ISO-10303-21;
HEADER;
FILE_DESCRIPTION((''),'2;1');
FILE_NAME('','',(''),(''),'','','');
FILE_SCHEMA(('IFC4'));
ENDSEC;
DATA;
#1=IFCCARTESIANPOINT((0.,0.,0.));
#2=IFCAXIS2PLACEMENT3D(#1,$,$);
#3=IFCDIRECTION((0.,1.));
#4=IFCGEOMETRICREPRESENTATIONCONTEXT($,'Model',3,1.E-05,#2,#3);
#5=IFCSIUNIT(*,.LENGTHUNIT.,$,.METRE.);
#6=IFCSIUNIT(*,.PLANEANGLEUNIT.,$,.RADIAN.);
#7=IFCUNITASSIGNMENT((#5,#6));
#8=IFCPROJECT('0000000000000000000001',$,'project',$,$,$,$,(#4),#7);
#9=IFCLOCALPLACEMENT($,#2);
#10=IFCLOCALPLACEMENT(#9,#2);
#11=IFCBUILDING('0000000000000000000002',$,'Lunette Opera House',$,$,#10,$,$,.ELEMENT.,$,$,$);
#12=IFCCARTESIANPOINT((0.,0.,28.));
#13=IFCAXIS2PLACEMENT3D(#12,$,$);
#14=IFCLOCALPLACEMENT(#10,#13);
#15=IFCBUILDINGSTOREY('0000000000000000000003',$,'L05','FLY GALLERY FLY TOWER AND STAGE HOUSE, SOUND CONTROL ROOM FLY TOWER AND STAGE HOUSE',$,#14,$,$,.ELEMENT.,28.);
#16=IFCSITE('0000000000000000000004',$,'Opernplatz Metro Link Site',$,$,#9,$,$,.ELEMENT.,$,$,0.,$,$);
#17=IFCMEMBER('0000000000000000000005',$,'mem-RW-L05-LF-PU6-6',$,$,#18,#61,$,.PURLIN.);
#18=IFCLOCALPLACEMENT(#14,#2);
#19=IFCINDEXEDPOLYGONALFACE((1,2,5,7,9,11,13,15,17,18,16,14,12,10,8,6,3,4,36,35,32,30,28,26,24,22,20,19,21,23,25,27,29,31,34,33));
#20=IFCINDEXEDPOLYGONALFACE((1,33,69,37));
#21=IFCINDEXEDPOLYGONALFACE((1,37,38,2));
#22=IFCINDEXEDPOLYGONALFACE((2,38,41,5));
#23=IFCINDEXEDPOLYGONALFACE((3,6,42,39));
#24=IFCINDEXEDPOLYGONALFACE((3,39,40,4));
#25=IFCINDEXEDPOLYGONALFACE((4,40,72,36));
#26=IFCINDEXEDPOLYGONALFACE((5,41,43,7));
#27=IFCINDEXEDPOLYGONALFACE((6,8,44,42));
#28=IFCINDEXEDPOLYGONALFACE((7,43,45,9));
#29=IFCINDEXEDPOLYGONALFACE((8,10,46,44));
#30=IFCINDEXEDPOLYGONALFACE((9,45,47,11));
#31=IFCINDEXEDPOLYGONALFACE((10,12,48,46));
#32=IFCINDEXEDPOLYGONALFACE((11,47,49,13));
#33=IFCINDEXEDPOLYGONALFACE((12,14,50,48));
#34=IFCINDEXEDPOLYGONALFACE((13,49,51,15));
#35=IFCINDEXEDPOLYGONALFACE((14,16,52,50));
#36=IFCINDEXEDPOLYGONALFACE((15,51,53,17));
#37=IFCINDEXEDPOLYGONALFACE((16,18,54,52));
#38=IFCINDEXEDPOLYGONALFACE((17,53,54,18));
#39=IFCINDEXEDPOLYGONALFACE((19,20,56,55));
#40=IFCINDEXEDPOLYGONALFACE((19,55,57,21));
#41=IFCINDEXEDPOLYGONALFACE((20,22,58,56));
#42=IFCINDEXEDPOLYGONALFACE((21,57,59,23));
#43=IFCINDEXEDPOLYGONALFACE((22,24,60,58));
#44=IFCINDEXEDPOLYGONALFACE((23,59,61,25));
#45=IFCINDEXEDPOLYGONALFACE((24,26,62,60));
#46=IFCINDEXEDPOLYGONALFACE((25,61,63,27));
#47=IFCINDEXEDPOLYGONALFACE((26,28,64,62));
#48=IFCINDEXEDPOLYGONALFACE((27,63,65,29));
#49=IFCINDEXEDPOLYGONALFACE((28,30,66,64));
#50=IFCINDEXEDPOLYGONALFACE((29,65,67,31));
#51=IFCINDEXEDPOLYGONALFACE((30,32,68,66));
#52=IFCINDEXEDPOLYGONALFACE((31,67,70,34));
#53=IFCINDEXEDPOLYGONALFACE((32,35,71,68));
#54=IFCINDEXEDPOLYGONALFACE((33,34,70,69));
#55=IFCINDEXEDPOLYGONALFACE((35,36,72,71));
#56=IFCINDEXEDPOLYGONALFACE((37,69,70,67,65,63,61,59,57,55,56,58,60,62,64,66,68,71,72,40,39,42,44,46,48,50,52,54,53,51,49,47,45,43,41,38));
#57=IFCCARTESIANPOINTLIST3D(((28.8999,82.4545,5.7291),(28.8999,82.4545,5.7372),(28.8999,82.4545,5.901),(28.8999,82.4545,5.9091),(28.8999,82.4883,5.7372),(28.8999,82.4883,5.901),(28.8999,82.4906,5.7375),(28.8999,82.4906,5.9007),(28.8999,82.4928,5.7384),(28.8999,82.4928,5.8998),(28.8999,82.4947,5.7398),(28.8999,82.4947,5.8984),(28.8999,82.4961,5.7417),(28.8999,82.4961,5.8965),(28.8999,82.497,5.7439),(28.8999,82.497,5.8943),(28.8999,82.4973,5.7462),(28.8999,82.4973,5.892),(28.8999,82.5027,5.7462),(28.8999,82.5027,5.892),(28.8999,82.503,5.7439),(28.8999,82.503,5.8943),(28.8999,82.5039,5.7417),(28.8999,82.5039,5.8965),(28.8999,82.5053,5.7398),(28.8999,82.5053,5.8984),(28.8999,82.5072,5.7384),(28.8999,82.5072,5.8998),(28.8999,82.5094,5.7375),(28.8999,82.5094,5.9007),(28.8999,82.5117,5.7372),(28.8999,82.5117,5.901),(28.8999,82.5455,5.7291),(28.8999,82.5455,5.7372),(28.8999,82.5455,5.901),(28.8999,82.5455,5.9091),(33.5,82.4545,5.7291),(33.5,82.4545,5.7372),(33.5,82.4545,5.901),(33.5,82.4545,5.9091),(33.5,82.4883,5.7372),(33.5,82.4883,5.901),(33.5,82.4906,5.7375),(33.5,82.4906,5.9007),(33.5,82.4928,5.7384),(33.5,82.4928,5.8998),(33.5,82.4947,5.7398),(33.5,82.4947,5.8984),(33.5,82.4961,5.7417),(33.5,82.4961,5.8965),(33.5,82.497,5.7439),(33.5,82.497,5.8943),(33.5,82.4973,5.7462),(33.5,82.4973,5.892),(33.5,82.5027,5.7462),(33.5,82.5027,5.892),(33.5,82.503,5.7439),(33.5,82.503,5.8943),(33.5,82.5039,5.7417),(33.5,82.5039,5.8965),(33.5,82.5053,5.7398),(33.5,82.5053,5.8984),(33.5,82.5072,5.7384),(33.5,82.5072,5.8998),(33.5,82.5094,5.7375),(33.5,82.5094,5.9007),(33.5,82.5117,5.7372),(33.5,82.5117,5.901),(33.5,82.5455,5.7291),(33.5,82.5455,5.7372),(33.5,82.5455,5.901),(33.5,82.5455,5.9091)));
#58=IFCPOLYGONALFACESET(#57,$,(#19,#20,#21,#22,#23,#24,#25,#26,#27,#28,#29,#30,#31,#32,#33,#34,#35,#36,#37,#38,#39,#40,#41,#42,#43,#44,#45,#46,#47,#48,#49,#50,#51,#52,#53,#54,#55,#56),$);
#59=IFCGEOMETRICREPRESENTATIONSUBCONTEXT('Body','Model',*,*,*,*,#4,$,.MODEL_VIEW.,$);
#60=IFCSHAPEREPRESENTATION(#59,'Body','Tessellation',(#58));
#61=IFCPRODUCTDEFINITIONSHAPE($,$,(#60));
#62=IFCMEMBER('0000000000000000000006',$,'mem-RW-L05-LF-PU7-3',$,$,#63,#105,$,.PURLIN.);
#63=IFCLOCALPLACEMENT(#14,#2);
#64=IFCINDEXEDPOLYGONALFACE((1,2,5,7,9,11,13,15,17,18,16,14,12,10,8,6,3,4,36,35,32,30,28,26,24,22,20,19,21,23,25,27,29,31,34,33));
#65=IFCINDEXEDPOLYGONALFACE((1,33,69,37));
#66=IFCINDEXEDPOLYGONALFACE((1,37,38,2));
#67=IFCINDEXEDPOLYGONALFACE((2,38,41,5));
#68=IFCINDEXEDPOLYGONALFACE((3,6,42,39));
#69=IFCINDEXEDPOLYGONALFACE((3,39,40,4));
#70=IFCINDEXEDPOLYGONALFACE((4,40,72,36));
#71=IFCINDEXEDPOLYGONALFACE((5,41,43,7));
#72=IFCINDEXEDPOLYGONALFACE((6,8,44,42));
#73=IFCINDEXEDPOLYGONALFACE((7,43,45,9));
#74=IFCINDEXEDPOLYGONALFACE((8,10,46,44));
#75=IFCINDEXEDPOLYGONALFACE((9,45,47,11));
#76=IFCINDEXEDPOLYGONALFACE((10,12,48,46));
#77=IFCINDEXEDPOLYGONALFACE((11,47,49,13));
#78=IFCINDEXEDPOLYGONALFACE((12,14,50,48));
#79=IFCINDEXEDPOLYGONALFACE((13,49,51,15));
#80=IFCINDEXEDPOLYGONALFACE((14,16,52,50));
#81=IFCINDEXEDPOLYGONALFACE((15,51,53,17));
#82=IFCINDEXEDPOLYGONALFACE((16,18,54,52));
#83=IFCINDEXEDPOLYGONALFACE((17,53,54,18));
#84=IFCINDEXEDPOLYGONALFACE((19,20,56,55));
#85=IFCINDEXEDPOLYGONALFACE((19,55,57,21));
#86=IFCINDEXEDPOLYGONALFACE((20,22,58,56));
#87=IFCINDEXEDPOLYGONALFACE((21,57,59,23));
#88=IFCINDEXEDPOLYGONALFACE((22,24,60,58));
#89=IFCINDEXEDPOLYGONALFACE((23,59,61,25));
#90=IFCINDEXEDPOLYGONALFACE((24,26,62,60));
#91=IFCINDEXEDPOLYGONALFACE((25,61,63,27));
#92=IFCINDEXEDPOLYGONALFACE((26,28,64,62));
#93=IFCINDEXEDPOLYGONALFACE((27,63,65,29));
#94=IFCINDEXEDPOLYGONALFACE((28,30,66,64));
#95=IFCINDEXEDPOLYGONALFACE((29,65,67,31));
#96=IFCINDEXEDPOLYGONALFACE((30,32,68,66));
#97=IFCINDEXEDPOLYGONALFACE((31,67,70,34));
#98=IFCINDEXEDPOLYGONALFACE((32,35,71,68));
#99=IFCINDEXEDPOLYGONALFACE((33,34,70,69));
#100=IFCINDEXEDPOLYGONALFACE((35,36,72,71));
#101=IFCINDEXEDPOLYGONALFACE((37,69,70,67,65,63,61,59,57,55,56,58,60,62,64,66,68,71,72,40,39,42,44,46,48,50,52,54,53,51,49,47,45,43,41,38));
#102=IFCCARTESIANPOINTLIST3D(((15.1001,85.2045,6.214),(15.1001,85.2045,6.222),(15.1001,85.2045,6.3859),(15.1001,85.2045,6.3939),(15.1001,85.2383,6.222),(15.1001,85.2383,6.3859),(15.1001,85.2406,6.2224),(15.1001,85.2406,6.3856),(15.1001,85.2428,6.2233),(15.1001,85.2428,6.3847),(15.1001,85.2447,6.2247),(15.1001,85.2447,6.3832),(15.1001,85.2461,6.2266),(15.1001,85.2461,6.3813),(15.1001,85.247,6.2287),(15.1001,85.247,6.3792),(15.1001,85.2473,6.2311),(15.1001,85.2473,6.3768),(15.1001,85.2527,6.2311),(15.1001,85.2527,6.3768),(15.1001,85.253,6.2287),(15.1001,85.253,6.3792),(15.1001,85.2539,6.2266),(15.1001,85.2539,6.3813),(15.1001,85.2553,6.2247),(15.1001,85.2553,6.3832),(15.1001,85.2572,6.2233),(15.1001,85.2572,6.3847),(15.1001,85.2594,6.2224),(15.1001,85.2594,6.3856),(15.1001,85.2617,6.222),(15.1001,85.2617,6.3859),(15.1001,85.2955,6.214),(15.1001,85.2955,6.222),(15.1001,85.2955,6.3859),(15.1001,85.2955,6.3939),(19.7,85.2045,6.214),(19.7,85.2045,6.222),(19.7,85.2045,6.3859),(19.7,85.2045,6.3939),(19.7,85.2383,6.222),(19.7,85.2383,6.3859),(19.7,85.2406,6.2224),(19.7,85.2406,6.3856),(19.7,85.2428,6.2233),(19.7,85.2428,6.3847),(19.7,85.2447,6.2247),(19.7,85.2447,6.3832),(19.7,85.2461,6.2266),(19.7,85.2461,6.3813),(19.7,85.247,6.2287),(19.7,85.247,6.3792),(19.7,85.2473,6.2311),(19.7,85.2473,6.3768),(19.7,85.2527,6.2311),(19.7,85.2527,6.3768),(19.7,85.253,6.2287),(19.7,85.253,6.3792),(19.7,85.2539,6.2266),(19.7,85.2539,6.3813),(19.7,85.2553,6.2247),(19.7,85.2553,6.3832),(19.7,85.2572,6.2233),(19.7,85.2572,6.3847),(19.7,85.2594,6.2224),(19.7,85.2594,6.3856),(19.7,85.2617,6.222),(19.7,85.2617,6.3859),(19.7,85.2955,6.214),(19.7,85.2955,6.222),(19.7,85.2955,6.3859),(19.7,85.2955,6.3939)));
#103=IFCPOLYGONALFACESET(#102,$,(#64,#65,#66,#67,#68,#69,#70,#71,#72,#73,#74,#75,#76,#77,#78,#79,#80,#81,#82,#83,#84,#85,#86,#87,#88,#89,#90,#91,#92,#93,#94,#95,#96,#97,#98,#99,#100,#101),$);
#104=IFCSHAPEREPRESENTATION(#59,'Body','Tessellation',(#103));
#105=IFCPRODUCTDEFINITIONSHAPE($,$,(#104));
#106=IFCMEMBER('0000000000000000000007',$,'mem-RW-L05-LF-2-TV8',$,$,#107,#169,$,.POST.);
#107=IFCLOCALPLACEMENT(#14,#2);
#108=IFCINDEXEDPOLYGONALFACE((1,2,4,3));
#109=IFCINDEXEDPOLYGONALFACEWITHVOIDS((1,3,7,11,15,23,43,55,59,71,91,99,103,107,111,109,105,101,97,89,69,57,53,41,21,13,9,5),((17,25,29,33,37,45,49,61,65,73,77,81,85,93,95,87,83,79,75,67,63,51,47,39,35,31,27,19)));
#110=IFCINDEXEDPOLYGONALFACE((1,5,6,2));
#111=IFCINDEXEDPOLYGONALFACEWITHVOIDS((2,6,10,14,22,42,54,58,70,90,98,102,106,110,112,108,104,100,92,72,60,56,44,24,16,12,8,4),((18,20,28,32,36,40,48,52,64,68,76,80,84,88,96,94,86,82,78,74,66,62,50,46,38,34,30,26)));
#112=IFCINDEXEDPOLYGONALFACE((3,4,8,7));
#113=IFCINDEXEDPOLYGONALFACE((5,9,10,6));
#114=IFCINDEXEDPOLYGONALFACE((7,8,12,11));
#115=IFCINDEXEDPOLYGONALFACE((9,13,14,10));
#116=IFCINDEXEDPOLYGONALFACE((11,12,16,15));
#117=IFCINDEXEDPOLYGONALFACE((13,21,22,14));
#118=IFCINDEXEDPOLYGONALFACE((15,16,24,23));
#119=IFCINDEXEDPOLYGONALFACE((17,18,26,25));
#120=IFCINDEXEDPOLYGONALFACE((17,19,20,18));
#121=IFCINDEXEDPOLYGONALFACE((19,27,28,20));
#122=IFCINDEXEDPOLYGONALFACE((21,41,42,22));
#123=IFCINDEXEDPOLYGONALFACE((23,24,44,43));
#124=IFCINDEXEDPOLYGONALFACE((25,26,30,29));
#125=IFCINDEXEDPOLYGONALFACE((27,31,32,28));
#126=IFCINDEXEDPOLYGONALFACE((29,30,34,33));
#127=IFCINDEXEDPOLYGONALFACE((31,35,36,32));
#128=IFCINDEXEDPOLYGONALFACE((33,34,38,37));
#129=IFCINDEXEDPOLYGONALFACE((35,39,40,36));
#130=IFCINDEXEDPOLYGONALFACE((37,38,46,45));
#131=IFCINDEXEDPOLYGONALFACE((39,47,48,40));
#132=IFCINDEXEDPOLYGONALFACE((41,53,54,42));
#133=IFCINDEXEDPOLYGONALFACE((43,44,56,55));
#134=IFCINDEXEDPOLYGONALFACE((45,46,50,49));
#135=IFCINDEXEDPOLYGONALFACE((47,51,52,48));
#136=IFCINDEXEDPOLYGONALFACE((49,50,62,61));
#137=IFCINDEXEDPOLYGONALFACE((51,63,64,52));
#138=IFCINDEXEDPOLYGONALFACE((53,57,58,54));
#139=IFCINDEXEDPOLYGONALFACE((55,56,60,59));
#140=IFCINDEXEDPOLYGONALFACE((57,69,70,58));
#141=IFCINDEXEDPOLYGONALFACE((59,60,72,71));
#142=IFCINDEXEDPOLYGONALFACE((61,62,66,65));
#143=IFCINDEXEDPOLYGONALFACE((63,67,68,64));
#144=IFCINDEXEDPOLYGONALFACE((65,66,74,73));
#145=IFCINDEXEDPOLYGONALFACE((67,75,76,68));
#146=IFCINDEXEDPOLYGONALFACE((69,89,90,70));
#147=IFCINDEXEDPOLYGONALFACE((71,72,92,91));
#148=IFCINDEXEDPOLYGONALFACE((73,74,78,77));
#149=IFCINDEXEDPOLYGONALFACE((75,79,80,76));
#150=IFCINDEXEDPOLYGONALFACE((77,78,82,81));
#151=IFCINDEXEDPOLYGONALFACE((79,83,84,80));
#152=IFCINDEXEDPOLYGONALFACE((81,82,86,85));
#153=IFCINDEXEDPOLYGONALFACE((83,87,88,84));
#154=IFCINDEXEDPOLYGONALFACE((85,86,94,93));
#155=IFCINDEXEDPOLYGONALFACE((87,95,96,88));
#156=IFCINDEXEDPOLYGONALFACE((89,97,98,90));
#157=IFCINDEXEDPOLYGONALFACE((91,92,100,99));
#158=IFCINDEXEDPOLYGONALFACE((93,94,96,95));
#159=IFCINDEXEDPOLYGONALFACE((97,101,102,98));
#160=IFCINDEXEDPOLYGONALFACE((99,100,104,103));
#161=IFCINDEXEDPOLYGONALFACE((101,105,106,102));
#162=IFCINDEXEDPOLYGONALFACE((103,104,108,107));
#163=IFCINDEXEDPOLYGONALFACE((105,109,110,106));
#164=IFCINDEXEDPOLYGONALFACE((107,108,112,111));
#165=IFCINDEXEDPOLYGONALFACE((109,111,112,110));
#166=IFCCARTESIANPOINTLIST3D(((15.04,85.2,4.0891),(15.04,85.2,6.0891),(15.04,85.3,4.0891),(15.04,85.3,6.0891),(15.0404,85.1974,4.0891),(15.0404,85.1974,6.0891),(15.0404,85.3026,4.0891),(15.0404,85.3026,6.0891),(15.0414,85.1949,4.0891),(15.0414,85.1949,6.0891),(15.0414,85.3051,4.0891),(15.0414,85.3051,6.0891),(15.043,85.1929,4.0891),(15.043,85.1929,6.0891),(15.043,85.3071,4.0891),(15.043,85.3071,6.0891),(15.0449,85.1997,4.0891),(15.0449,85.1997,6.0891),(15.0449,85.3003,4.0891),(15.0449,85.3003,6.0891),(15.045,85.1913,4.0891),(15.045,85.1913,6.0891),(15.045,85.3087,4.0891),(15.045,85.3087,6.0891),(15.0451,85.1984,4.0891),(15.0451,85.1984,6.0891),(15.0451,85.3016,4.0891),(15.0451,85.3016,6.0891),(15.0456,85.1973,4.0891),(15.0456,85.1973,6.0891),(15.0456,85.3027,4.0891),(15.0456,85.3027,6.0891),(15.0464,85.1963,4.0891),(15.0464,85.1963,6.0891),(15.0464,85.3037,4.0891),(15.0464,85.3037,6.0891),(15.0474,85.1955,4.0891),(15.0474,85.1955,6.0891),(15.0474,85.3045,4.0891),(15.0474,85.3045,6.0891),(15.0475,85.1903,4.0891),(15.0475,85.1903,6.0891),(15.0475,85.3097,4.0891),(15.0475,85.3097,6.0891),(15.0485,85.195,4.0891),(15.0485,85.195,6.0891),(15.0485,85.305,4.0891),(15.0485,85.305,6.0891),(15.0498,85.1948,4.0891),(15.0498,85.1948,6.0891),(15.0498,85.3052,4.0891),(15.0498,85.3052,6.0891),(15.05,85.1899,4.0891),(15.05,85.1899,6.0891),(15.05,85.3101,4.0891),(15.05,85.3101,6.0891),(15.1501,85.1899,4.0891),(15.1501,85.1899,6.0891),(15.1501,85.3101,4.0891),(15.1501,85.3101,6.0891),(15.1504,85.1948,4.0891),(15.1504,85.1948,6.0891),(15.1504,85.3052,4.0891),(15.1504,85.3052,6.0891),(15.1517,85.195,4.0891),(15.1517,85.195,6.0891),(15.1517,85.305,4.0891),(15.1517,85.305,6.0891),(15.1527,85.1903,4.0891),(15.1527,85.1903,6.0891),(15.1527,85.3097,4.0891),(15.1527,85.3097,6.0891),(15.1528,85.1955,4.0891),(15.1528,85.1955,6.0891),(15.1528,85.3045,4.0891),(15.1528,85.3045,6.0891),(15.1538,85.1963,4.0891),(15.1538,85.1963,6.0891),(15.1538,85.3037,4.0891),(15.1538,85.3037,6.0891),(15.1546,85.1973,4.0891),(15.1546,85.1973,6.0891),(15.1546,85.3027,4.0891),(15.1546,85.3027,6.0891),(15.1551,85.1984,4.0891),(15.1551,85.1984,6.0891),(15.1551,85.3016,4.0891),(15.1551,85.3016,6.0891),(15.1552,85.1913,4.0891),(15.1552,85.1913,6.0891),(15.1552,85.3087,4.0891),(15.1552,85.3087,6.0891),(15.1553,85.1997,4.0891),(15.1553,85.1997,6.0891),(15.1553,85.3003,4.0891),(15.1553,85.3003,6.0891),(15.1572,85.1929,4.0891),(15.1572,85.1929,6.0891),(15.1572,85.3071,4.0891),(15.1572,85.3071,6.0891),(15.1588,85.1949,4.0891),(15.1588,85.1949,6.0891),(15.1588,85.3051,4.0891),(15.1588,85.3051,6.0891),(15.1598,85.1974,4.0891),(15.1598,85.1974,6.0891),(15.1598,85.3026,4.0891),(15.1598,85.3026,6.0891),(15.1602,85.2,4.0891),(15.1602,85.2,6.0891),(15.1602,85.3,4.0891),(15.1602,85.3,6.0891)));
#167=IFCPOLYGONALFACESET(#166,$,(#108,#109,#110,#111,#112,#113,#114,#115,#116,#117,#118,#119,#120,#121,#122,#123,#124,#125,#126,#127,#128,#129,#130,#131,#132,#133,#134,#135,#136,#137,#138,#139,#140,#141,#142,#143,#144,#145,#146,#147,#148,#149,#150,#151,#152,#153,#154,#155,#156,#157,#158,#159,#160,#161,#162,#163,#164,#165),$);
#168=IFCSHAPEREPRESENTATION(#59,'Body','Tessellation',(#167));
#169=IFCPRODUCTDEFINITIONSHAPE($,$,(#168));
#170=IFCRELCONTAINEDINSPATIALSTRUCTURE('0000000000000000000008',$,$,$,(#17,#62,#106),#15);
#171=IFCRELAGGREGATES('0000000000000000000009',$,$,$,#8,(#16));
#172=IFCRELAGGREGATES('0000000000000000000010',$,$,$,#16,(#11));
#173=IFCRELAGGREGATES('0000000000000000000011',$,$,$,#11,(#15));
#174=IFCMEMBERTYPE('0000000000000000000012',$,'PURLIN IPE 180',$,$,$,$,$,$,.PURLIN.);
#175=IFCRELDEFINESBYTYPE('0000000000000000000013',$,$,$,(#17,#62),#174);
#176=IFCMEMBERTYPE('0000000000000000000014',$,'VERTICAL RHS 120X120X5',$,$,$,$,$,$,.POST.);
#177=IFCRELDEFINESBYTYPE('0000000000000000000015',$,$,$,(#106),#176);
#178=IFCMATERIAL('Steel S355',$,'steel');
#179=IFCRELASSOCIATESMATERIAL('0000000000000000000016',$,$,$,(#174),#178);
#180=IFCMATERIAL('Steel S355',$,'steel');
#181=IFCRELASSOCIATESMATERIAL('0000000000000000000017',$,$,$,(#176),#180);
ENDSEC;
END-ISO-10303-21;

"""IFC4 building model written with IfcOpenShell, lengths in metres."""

from ifc_helpers import new_model, si_unit, direction, frame, origin, origin_2d, place, context, subcontext, project, spatial, hollow_rectangle, i_section, extrude, material, material_profile, profile_set, type_object, element, save


model = new_model("IFC4")

# Units and contexts
model_context = context("Model", 3, precision=1e-05, world=origin(), true_north=direction((0.0, 1.0)))
body_context = subcontext(model_context, "Body", "Model", "MODEL_VIEW")
ifc_project = project(units=[si_unit("LENGTHUNIT", "METRE"), si_unit("PLANEANGLEUNIT", "RADIAN")], contexts=[model_context])

# Site, building, storey
site_placement = place(None, origin())
site = spatial("IfcSite", under=ifc_project, at=site_placement, Name="Opernplatz Metro Link Site", CompositionType="ELEMENT", RefElevation=0.0)
building_placement = place(site_placement, origin())
building = spatial("IfcBuilding", under=site, at=building_placement, Name="Lunette Opera House", CompositionType="ELEMENT")
storey_placement = place(building_placement, frame((0.0, 0.0, 28.0)))
storey = spatial("IfcBuildingStorey", under=building, at=storey_placement, Name="L05", Description="FLY GALLERY FLY TOWER AND STAGE HOUSE, SOUND CONTROL ROOM FLY TOWER AND STAGE HOUSE", CompositionType="ELEMENT", Elevation=28.0)

# Members
ifc_material_1 = material(Name="Steel S355", Category="steel")
ifc_material_profile_1 = material_profile(ifc_material_1, i_section(OverallWidth=0.0911, OverallDepth=0.1799, WebThickness=0.0054, FlangeThickness=0.0081, FilletRadius=0.009, at=origin_2d()), Name="IPE 180")
ifc_profile_set_1 = profile_set([ifc_material_profile_1], Name="Steel S355")
member_type_1 = type_object("IfcMemberType", Name="PURLIN IPE 180", PredefinedType="PURLIN", material=ifc_profile_set_1)
member_1_placement = place(storey_placement, frame((28.8999, 82.5, 5.8191), z_axis=(1.0, 0.0, 0.0), x_axis=(0.0, 1.0, 0.0)))
element("IfcMember", 1, at=member_1_placement, inside=storey, type_object=member_type_1, Name="mem-RW-L05-LF-PU6-6", PredefinedType="PURLIN", context=body_context, shape_type="SweptSolid", body=[
    extrude(i_section(OverallWidth=0.0911, OverallDepth=0.1799, WebThickness=0.0054, FlangeThickness=0.0081, FilletRadius=0.009, at=origin_2d()), origin(), (0.0, 0.0, 1.0), 4.6001),
])
member_2_placement = place(storey_placement, frame((15.1001, 85.25, 6.304), z_axis=(1.0, 0.0, 0.0), x_axis=(0.0, 1.0, 0.0)))
element("IfcMember", 2, at=member_2_placement, inside=storey, type_object=member_type_1, Name="mem-RW-L05-LF-PU7-3", PredefinedType="PURLIN", context=body_context, shape_type="SweptSolid", body=[
    extrude(i_section(OverallWidth=0.0911, OverallDepth=0.1799, WebThickness=0.0054, FlangeThickness=0.0081, FilletRadius=0.009, at=origin_2d()), origin(), (0.0, 0.0, 1.0), 4.5999),
])
ifc_material_2 = material(Name="Steel S355", Category="steel")
ifc_material_profile_2 = material_profile(ifc_material_2, hollow_rectangle(XDim=0.1201, YDim=0.1201, WallThickness=0.0049, InnerFilletRadius=0.0049, OuterFilletRadius=0.01, at=origin_2d()), Name="RHS 120X120X5")
ifc_profile_set_2 = profile_set([ifc_material_profile_2], Name="Steel S355")
member_type_2 = type_object("IfcMemberType", Name="VERTICAL RHS 120X120X5", PredefinedType="POST", material=ifc_profile_set_2)
for number, where, z_axis, x_axis, name in (
    (3, (15.1001, 85.25, 4.0891), (0.0, 0.0, 1.0), (1.0, 0.0, 0.0), "mem-RW-L05-LF-2-TV8"),
):
    element("IfcMember", number, at=place(storey_placement, frame(where, z_axis=z_axis, x_axis=x_axis)), inside=storey, type_object=member_type_2, Name=name, PredefinedType="POST", context=body_context, shape_type="SweptSolid", body=[
        extrude(hollow_rectangle(XDim=0.1201, YDim=0.1201, WallThickness=0.0049, InnerFilletRadius=0.0049, OuterFilletRadius=0.01, at=origin_2d()), origin(), (0.0, 0.0, 1.0), 2.0),
    ])

save(model, "model.ifc")
